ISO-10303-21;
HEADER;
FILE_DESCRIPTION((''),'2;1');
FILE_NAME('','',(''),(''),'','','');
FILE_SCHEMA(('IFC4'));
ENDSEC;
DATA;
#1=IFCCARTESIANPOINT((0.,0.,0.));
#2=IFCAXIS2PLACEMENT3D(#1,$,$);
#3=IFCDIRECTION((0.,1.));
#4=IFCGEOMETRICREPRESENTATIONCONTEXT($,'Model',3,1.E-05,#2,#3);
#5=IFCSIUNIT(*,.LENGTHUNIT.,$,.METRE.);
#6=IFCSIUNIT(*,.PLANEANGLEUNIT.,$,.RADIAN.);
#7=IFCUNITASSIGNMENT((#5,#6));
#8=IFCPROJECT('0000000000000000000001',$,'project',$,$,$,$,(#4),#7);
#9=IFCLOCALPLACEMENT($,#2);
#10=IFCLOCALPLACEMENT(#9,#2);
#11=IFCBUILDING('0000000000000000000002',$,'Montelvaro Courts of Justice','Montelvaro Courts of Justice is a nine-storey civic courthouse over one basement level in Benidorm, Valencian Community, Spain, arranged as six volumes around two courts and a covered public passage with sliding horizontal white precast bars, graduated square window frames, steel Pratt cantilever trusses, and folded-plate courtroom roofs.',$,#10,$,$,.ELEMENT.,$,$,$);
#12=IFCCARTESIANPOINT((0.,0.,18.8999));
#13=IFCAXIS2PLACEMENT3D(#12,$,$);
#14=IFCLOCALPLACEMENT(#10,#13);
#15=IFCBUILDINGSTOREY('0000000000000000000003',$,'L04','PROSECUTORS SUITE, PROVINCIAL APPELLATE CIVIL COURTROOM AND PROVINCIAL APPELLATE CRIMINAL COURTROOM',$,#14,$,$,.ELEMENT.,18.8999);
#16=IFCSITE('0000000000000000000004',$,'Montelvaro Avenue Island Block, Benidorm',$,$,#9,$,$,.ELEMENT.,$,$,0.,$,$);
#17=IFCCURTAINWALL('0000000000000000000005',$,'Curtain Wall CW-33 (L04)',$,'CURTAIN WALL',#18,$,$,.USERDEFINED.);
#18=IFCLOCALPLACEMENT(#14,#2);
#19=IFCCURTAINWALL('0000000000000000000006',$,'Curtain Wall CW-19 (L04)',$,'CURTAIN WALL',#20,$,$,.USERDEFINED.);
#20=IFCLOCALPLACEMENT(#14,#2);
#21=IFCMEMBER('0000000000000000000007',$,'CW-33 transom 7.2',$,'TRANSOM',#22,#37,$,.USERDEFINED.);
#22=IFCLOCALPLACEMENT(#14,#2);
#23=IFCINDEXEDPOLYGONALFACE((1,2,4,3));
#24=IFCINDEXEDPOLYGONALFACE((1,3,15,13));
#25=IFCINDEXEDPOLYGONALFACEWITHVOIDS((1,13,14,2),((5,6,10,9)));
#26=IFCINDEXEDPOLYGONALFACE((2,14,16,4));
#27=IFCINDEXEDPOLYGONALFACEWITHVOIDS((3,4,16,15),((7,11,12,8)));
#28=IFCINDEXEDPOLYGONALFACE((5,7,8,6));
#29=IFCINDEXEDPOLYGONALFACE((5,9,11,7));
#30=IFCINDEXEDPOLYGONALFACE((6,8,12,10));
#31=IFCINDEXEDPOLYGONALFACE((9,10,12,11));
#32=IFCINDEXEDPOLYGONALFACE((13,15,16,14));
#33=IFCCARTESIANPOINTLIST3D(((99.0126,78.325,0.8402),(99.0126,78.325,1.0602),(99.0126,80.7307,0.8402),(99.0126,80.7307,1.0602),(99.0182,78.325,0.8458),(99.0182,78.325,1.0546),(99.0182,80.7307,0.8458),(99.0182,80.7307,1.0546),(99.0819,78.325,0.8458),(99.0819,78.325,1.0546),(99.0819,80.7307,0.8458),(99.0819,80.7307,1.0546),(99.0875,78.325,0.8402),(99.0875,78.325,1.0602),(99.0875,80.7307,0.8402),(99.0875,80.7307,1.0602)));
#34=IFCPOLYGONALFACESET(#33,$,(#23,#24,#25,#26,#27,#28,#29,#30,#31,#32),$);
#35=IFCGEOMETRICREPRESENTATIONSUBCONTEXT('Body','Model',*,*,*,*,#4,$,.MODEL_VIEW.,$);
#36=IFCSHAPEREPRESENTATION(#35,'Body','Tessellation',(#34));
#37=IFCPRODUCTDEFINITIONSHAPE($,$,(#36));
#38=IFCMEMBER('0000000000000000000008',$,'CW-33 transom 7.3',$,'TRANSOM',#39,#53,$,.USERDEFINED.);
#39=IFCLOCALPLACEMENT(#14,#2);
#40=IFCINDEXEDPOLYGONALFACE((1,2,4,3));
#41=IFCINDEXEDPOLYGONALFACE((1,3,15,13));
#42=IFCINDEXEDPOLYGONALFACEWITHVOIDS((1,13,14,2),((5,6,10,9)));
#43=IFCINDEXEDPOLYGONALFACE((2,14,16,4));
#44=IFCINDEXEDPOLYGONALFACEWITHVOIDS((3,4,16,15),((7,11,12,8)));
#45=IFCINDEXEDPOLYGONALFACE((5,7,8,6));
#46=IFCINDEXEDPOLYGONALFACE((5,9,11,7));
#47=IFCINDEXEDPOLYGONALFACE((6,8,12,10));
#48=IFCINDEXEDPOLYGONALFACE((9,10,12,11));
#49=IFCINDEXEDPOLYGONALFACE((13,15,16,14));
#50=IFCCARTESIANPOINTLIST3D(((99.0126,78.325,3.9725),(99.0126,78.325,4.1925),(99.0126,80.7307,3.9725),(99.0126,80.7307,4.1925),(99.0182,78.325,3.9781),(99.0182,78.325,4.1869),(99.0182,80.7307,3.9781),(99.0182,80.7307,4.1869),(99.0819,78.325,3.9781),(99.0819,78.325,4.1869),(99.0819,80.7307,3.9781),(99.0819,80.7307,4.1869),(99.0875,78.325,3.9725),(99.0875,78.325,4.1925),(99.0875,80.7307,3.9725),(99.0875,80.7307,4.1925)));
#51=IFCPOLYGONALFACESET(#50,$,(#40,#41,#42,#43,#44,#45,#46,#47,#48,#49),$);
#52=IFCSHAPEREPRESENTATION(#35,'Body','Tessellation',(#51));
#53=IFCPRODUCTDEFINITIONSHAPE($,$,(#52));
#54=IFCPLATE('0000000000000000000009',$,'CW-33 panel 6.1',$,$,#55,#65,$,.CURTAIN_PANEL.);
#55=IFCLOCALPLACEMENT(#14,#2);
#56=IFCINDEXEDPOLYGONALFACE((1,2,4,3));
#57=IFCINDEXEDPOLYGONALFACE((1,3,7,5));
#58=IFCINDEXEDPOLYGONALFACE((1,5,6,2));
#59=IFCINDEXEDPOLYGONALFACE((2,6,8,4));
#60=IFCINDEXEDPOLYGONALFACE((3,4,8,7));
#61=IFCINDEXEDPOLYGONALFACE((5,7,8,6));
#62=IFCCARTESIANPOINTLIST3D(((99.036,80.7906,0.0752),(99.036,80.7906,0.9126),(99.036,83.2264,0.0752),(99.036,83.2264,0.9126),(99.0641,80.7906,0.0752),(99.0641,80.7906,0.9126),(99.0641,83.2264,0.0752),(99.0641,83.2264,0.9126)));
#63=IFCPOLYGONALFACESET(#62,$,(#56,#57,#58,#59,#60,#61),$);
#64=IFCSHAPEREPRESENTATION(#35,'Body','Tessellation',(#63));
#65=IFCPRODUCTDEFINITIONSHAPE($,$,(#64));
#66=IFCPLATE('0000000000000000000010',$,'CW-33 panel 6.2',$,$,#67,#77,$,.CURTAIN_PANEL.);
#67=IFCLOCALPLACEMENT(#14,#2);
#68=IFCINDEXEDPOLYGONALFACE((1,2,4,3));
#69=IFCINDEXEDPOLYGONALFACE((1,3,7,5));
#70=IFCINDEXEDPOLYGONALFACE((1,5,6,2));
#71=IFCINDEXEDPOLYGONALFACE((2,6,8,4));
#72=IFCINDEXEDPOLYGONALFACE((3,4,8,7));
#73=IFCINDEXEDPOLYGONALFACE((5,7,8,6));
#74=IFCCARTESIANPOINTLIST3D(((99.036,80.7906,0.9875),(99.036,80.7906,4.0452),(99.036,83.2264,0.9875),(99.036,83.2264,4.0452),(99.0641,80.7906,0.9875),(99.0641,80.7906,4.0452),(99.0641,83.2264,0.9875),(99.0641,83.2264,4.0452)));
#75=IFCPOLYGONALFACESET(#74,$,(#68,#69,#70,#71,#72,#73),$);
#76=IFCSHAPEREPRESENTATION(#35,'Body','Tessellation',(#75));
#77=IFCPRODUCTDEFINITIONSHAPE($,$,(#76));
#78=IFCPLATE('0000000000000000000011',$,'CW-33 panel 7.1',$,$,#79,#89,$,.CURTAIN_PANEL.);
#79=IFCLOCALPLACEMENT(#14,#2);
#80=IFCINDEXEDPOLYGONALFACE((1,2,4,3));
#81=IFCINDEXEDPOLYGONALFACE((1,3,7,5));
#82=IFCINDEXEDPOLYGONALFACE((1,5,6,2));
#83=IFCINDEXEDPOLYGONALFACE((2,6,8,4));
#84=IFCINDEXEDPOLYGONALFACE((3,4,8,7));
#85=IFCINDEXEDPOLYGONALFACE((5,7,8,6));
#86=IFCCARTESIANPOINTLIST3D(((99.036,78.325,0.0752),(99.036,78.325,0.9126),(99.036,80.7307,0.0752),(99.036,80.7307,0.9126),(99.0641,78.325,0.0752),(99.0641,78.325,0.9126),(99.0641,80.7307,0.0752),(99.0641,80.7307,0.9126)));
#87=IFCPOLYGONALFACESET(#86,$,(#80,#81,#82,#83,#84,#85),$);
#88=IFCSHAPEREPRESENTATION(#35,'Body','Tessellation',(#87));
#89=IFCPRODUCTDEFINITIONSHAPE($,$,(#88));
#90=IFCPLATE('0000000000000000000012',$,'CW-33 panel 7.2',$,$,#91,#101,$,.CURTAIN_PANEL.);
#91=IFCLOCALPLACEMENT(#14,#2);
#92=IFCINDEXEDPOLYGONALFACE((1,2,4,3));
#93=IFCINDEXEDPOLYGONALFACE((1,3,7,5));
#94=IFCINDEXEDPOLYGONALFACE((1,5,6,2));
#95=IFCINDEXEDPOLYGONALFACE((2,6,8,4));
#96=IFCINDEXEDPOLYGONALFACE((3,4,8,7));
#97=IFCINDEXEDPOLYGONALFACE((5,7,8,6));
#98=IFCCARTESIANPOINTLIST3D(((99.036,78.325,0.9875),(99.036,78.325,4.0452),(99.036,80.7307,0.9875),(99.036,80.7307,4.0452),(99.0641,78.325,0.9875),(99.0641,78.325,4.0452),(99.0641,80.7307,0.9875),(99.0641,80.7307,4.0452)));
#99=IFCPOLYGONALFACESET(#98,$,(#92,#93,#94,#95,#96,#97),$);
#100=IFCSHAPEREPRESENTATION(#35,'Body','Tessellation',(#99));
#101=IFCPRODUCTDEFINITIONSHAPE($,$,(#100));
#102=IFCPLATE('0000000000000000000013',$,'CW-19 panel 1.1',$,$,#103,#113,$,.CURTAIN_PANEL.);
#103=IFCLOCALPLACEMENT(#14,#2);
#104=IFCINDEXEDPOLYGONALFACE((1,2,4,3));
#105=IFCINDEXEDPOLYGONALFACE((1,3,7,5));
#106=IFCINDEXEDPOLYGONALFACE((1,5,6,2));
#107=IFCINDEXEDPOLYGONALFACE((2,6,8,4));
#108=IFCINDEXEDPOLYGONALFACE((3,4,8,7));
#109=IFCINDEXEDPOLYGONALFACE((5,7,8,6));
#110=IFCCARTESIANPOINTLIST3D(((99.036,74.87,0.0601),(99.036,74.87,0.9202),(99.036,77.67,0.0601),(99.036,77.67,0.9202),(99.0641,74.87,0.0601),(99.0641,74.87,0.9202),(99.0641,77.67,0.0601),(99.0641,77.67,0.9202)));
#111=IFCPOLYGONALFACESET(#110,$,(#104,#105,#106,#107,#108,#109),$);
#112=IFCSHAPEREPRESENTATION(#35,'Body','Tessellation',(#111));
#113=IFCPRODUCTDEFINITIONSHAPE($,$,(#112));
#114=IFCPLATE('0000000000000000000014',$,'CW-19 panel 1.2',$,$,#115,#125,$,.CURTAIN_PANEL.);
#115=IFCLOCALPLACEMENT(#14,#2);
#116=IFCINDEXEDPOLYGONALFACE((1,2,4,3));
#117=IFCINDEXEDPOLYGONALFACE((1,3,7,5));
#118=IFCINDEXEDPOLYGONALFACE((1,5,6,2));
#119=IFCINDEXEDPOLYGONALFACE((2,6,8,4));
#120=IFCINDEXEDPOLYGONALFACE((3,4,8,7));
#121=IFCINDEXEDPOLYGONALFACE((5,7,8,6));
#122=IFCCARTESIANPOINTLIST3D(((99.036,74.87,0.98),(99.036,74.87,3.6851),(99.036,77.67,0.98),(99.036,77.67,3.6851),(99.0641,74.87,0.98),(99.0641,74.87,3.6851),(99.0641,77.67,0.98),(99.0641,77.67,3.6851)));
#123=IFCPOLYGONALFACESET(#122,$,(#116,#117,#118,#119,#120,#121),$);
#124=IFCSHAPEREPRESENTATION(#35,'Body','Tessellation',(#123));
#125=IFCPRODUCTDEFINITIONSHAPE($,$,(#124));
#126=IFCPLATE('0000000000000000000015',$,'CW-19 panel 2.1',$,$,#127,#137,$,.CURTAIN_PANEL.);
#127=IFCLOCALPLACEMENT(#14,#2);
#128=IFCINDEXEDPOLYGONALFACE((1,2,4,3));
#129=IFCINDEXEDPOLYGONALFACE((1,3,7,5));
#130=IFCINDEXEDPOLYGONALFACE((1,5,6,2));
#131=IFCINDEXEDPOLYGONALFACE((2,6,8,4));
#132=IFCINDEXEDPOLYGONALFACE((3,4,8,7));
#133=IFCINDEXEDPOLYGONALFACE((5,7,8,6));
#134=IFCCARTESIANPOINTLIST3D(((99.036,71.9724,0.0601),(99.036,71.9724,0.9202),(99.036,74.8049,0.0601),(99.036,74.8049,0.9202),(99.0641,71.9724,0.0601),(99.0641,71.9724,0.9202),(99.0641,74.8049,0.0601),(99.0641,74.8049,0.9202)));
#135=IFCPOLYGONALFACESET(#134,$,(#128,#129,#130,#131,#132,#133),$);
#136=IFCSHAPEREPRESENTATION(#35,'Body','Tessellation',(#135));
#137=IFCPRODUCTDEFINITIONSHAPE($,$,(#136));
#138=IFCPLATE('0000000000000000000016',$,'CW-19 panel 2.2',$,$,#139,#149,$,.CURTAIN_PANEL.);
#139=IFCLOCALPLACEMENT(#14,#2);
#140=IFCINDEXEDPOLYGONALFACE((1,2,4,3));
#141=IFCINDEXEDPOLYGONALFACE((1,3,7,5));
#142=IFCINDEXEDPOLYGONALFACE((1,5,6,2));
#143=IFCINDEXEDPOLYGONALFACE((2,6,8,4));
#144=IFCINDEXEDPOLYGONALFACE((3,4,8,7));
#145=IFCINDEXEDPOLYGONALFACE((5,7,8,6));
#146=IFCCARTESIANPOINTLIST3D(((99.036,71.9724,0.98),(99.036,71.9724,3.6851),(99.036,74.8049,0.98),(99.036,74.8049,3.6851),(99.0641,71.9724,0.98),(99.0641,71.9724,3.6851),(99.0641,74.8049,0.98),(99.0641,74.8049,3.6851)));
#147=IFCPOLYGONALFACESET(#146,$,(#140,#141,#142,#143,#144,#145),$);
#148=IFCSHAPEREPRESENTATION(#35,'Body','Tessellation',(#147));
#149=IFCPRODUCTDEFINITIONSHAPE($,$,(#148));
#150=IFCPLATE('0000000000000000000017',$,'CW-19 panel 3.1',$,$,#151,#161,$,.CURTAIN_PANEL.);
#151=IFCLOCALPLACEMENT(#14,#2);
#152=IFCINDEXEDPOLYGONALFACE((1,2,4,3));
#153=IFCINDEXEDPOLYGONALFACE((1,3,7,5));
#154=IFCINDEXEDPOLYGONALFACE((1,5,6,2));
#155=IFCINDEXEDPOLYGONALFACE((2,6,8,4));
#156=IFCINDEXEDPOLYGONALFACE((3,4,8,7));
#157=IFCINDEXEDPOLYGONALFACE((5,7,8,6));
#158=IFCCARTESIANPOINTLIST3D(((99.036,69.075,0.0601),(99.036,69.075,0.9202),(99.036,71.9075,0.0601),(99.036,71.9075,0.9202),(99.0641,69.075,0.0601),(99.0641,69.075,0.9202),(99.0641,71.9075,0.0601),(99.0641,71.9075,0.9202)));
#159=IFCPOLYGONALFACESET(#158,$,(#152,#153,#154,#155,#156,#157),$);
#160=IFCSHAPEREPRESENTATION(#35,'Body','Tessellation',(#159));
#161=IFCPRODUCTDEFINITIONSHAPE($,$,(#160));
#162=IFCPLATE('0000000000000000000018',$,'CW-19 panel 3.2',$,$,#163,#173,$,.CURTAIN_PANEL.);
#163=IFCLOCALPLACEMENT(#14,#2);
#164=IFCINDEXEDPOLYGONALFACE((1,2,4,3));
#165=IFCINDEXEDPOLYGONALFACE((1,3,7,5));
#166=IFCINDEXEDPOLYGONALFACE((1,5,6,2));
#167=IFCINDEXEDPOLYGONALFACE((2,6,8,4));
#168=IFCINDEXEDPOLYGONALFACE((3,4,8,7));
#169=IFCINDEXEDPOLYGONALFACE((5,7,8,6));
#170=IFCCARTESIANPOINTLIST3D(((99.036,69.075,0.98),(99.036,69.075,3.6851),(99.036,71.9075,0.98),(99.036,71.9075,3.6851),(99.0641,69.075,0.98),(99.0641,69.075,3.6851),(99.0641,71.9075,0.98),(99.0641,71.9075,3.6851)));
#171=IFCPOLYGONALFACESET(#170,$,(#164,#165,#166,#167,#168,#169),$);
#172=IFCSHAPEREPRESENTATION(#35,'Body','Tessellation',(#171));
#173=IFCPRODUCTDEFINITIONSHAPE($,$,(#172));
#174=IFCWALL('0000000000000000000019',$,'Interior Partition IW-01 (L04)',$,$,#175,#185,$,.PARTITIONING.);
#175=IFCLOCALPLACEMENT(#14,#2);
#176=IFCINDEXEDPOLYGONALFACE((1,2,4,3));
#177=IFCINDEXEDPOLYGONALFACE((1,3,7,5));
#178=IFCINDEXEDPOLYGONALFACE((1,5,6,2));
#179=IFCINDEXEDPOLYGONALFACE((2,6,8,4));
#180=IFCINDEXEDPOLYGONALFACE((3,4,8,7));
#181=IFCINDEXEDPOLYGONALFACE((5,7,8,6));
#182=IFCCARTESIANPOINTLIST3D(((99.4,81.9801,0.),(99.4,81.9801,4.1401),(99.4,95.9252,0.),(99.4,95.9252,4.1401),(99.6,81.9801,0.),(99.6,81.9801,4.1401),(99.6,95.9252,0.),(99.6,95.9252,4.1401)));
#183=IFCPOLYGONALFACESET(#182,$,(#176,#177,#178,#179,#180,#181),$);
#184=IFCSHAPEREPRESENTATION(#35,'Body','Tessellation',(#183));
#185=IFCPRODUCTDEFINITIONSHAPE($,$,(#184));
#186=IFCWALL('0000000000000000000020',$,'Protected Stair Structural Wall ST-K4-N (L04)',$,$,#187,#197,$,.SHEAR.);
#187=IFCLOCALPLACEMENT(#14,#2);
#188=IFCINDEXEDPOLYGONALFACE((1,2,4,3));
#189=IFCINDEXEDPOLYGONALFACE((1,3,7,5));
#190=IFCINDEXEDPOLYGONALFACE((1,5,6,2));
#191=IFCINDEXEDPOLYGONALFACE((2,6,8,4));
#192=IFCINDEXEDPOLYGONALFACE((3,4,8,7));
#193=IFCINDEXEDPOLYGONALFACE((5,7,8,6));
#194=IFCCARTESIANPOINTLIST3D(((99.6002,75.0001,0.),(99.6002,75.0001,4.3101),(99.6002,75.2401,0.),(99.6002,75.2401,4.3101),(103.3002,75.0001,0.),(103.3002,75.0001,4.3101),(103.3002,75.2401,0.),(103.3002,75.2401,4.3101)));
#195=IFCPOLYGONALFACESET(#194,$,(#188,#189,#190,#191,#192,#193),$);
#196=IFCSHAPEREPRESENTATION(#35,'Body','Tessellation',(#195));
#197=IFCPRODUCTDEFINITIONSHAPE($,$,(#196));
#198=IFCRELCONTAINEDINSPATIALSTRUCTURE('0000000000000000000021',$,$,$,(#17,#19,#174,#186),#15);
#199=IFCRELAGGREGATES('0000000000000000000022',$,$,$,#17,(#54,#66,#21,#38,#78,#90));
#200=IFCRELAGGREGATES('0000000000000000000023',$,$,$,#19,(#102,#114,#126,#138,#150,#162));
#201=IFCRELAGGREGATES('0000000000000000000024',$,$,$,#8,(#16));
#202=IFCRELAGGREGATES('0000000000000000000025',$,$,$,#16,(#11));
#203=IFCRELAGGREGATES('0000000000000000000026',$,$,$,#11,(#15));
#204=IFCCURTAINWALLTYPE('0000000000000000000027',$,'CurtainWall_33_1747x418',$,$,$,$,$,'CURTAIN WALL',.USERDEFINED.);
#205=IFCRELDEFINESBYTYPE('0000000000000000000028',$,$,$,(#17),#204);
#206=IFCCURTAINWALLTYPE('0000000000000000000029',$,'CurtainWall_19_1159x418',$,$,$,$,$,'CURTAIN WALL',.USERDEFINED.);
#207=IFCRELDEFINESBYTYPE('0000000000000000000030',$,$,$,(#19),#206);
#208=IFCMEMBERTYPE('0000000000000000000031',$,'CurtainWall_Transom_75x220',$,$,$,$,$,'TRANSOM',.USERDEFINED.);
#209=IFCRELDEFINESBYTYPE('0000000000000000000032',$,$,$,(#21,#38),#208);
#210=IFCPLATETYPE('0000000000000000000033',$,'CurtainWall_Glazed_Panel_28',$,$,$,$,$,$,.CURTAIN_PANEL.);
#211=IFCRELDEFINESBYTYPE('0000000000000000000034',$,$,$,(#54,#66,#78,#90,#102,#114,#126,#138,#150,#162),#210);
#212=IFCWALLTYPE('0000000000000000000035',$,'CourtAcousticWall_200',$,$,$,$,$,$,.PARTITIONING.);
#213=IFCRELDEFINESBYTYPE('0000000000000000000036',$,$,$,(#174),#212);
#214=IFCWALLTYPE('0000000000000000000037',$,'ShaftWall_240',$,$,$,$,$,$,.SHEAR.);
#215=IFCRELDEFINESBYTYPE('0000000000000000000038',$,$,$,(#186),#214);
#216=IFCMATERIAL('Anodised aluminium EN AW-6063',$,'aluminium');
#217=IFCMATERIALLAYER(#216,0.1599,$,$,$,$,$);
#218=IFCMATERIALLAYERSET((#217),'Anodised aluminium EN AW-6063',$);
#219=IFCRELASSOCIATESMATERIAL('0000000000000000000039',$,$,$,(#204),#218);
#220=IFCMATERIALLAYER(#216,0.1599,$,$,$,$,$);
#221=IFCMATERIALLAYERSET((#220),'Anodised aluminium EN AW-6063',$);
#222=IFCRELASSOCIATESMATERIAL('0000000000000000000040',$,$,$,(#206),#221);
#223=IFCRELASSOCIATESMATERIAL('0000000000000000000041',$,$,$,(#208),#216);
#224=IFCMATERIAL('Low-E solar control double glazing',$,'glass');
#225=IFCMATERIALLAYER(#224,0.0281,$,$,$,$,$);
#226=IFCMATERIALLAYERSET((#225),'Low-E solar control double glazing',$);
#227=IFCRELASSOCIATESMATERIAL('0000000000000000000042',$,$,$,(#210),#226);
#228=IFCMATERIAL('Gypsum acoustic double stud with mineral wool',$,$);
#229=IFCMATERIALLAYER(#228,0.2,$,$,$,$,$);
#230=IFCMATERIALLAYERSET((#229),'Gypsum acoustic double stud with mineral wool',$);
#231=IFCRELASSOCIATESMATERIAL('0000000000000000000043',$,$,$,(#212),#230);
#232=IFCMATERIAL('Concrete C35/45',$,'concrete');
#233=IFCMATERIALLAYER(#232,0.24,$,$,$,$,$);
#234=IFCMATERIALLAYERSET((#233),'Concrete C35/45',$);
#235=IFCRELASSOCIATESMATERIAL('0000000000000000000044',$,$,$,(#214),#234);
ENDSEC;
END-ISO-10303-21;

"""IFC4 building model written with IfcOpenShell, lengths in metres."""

from ifc_helpers import new_model, si_unit, direction, frame, frame_2d, origin, origin_2d, place, context, subcontext, project, spatial, rectangle, hollow_rectangle, extrude, material, layer, layer_set, material_profile, profile_set, type_object, element, aggregate, save


model = new_model("IFC4")

# Units and contexts
model_context = context("Model", 3, precision=1e-05, world=origin(), true_north=direction((0.0, 1.0)))
body_context = subcontext(model_context, "Body", "Model", "MODEL_VIEW")
ifc_project = project(units=[si_unit("LENGTHUNIT", "METRE"), si_unit("PLANEANGLEUNIT", "RADIAN")], contexts=[model_context])

# Site, building, storey
site_placement = place(None, origin())
site = spatial("IfcSite", under=ifc_project, at=site_placement, Name="Montelvaro Avenue Island Block, Benidorm", CompositionType="ELEMENT", RefElevation=0.0)
building_placement = place(site_placement, origin())
building = spatial("IfcBuilding", under=site, at=building_placement, Name="Montelvaro Courts of Justice", Description="Montelvaro Courts of Justice is a nine-storey civic courthouse over one basement level in Benidorm, Valencian Community, Spain, arranged as six volumes around two courts and a covered public passage with sliding horizontal white precast bars, graduated square window frames, steel Pratt cantilever trusses, and folded-plate courtroom roofs.", CompositionType="ELEMENT")
storey_placement = place(building_placement, frame((0.0, 0.0, 18.8999)))
storey = spatial("IfcBuildingStorey", under=building, at=storey_placement, Name="L04", Description="PROSECUTORS SUITE, PROVINCIAL APPELLATE CIVIL COURTROOM AND PROVINCIAL APPELLATE CRIMINAL COURTROOM", CompositionType="ELEMENT", Elevation=18.8999)

# Curtain walls
ifc_material_1 = material(Name="Anodised aluminium EN AW-6063", Category="aluminium")
ifc_layer_1 = layer(ifc_material_1, 0.1599)
ifc_layer_set_1 = layer_set([ifc_layer_1], Name="Anodised aluminium EN AW-6063")
curtain_wall_type_1 = type_object("IfcCurtainWallType", Name="CurtainWall_33_1747x418", ElementType="CURTAIN WALL", PredefinedType="USERDEFINED", material=ifc_layer_set_1)
curtain_wall_1_placement = place(storey_placement, origin())
curtain_wall_1 = element("IfcCurtainWall", 1, at=curtain_wall_1_placement, inside=storey, type_object=curtain_wall_type_1, Name="Curtain Wall CW-33 (L04)", ObjectType="CURTAIN WALL", PredefinedType="USERDEFINED")
ifc_layer_2 = layer(ifc_material_1, 0.1599)
ifc_layer_set_2 = layer_set([ifc_layer_2], Name="Anodised aluminium EN AW-6063")
curtain_wall_type_2 = type_object("IfcCurtainWallType", Name="CurtainWall_19_1159x418", ElementType="CURTAIN WALL", PredefinedType="USERDEFINED", material=ifc_layer_set_2)
curtain_wall_2_placement = place(storey_placement, origin())
curtain_wall_2 = element("IfcCurtainWall", 2, at=curtain_wall_2_placement, inside=storey, type_object=curtain_wall_type_2, Name="Curtain Wall CW-19 (L04)", ObjectType="CURTAIN WALL", PredefinedType="USERDEFINED")

# Members
ifc_material_profile_1 = material_profile(ifc_material_1, hollow_rectangle(XDim=0.075, YDim=0.22, WallThickness=0.0056, at=origin_2d()), Name="ALU-T 75x220")
ifc_profile_set_1 = profile_set([ifc_material_profile_1], Name="Anodised aluminium EN AW-6063")
member_type_1 = type_object("IfcMemberType", Name="CurtainWall_Transom_75x220", ElementType="TRANSOM", PredefinedType="USERDEFINED", material=ifc_profile_set_1)
member_1_placement = place(storey_placement, frame((99.05, 80.7307, 0.9502), z_axis=(0.0, -1.0, 0.0), x_axis=(1.0, 0.0, 0.0)))
member_1 = element("IfcMember", 3, at=member_1_placement, type_object=member_type_1, Name="CW-33 transom 7.2", ObjectType="TRANSOM", PredefinedType="USERDEFINED", context=body_context, shape_type="SweptSolid", body=[
    extrude(hollow_rectangle(XDim=0.075, YDim=0.22, WallThickness=0.0056, at=origin_2d()), origin(), (0.0, 0.0, 1.0), 2.4058),
])
member_2_placement = place(storey_placement, frame((99.05, 80.7307, 4.0825), z_axis=(0.0, -1.0, 0.0), x_axis=(1.0, 0.0, 0.0)))
member_2 = element("IfcMember", 4, at=member_2_placement, type_object=member_type_1, Name="CW-33 transom 7.3", ObjectType="TRANSOM", PredefinedType="USERDEFINED", context=body_context, shape_type="SweptSolid", body=[
    extrude(hollow_rectangle(XDim=0.075, YDim=0.22, WallThickness=0.0056, at=origin_2d()), origin(), (0.0, 0.0, 1.0), 2.4058),
])

# Plates
ifc_material_2 = material(Name="Low-E solar control double glazing", Category="glass")
ifc_layer_3 = layer(ifc_material_2, 0.0281)
ifc_layer_set_3 = layer_set([ifc_layer_3], Name="Low-E solar control double glazing")
plate_type = type_object("IfcPlateType", Name="CurtainWall_Glazed_Panel_28", PredefinedType="CURTAIN_PANEL", material=ifc_layer_set_3)
plate_1_placement = place(storey_placement, frame((99.05, 82.0085, 0.0752), z_axis=(0.0, 0.0, 1.0), x_axis=(0.0, -1.0, 0.0)))
plate_1 = element("IfcPlate", 5, at=plate_1_placement, type_object=plate_type, Name="CW-33 panel 6.1", PredefinedType="CURTAIN_PANEL", context=body_context, shape_type="SweptSolid", body=[
    extrude(rectangle(XDim=2.4358, YDim=0.0281, at=origin_2d()), origin(), (0.0, 0.0, 1.0), 0.8374),
])
plate_2_placement = place(storey_placement, frame((99.05, 82.0085, 0.9875), z_axis=(0.0, 0.0, 1.0), x_axis=(0.0, -1.0, 0.0)))
plate_2 = element("IfcPlate", 6, at=plate_2_placement, type_object=plate_type, Name="CW-33 panel 6.2", PredefinedType="CURTAIN_PANEL", context=body_context, shape_type="SweptSolid", body=[
    extrude(rectangle(XDim=2.4358, YDim=0.0281, at=origin_2d()), origin(), (0.0, 0.0, 1.0), 3.0576),
])
plate_3_placement = place(storey_placement, frame((99.05, 79.5278, 0.0752), z_axis=(0.0, 0.0, 1.0), x_axis=(0.0, -1.0, 0.0)))
plate_3 = element("IfcPlate", 7, at=plate_3_placement, type_object=plate_type, Name="CW-33 panel 7.1", PredefinedType="CURTAIN_PANEL", context=body_context, shape_type="SweptSolid", body=[
    extrude(rectangle(XDim=2.4058, YDim=0.0281, at=origin_2d()), origin(), (0.0, 0.0, 1.0), 0.8374),
])
plate_4_placement = place(storey_placement, frame((99.05, 79.5278, 0.9875), z_axis=(0.0, 0.0, 1.0), x_axis=(0.0, -1.0, 0.0)))
plate_4 = element("IfcPlate", 8, at=plate_4_placement, type_object=plate_type, Name="CW-33 panel 7.2", PredefinedType="CURTAIN_PANEL", context=body_context, shape_type="SweptSolid", body=[
    extrude(rectangle(XDim=2.4058, YDim=0.0281, at=origin_2d()), origin(), (0.0, 0.0, 1.0), 3.0576),
])
aggregate(curtain_wall_1, [plate_1, plate_2, member_1, member_2, plate_3, plate_4])
plate_5_placement = place(storey_placement, frame((99.05, 76.27, 0.0601), z_axis=(0.0, 0.0, 1.0), x_axis=(0.0, -1.0, 0.0)))
plate_5 = element("IfcPlate", 9, at=plate_5_placement, type_object=plate_type, Name="CW-19 panel 1.1", PredefinedType="CURTAIN_PANEL", context=body_context, shape_type="SweptSolid", body=[
    extrude(rectangle(XDim=2.8, YDim=0.0281, at=origin_2d()), origin(), (0.0, 0.0, 1.0), 0.8601),
])
plate_6_placement = place(storey_placement, frame((99.05, 76.27, 0.98), z_axis=(0.0, 0.0, 1.0), x_axis=(0.0, -1.0, 0.0)))
plate_6 = element("IfcPlate", 10, at=plate_6_placement, type_object=plate_type, Name="CW-19 panel 1.2", PredefinedType="CURTAIN_PANEL", context=body_context, shape_type="SweptSolid", body=[
    extrude(rectangle(XDim=2.8, YDim=0.0281, at=origin_2d()), origin(), (0.0, 0.0, 1.0), 2.7051),
])
plate_7_placement = place(storey_placement, frame((99.05, 73.3887, 0.0601), z_axis=(0.0, 0.0, 1.0), x_axis=(0.0, -1.0, 0.0)))
plate_7 = element("IfcPlate", 11, at=plate_7_placement, type_object=plate_type, Name="CW-19 panel 2.1", PredefinedType="CURTAIN_PANEL", context=body_context, shape_type="SweptSolid", body=[
    extrude(rectangle(XDim=2.8325, YDim=0.0281, at=origin_2d()), origin(), (0.0, 0.0, 1.0), 0.8601),
])
plate_8_placement = place(storey_placement, frame((99.05, 73.3887, 0.98), z_axis=(0.0, 0.0, 1.0), x_axis=(0.0, -1.0, 0.0)))
plate_8 = element("IfcPlate", 12, at=plate_8_placement, type_object=plate_type, Name="CW-19 panel 2.2", PredefinedType="CURTAIN_PANEL", context=body_context, shape_type="SweptSolid", body=[
    extrude(rectangle(XDim=2.8325, YDim=0.0281, at=origin_2d()), origin(), (0.0, 0.0, 1.0), 2.7051),
])
plate_9_placement = place(storey_placement, frame((99.05, 70.4912, 0.0601), z_axis=(0.0, 0.0, 1.0), x_axis=(0.0, -1.0, 0.0)))
plate_9 = element("IfcPlate", 13, at=plate_9_placement, type_object=plate_type, Name="CW-19 panel 3.1", PredefinedType="CURTAIN_PANEL", context=body_context, shape_type="SweptSolid", body=[
    extrude(rectangle(XDim=2.8325, YDim=0.0281, at=origin_2d()), origin(), (0.0, 0.0, 1.0), 0.8601),
])
plate_10_placement = place(storey_placement, frame((99.05, 70.4912, 0.98), z_axis=(0.0, 0.0, 1.0), x_axis=(0.0, -1.0, 0.0)))
plate_10 = element("IfcPlate", 14, at=plate_10_placement, type_object=plate_type, Name="CW-19 panel 3.2", PredefinedType="CURTAIN_PANEL", context=body_context, shape_type="SweptSolid", body=[
    extrude(rectangle(XDim=2.8325, YDim=0.0281, at=origin_2d()), origin(), (0.0, 0.0, 1.0), 2.7051),
])
aggregate(curtain_wall_2, [plate_5, plate_6, plate_7, plate_8, plate_9, plate_10])

# Walls
ifc_material_3 = material(Name="Gypsum acoustic double stud with mineral wool")
ifc_layer_4 = layer(ifc_material_3, 0.2)
ifc_layer_set_4 = layer_set([ifc_layer_4], Name="Gypsum acoustic double stud with mineral wool")
wall_type_1 = type_object("IfcWallType", Name="CourtAcousticWall_200", PredefinedType="PARTITIONING", material=ifc_layer_set_4)
wall_1_placement = place(storey_placement, frame((99.5, 81.98, 0.0), z_axis=(0.0, 0.0, 1.0), x_axis=(0.0, 1.0, 0.0)))
element("IfcWall", 15, at=wall_1_placement, inside=storey, type_object=wall_type_1, Name="Interior Partition IW-01 (L04)", PredefinedType="PARTITIONING", context=body_context, shape_type="SweptSolid", body=[
    extrude(rectangle(XDim=13.9451, YDim=0.2, at=frame_2d((6.9727, 0.0))), origin(), (0.0, 0.0, 1.0), 4.1401),
])
ifc_material_4 = material(Name="Concrete C35/45", Category="concrete")
ifc_layer_5 = layer(ifc_material_4, 0.24)
ifc_layer_set_5 = layer_set([ifc_layer_5], Name="Concrete C35/45")
wall_type_2 = type_object("IfcWallType", Name="ShaftWall_240", PredefinedType="SHEAR", material=ifc_layer_set_5)
wall_2_placement = place(storey_placement, frame((99.6001, 75.1201, 0.0), z_axis=(0.0, 0.0, 1.0), x_axis=(1.0, 0.0, 0.0)))
element("IfcWall", 16, at=wall_2_placement, inside=storey, type_object=wall_type_2, Name="Protected Stair Structural Wall ST-K4-N (L04)", PredefinedType="SHEAR", context=body_context, shape_type="SweptSolid", body=[
    extrude(rectangle(XDim=3.7, YDim=0.24, at=frame_2d((1.8501, 0.0))), origin(), (0.0, 0.0, 1.0), 4.3101),
])

save(model, "model.ifc")
